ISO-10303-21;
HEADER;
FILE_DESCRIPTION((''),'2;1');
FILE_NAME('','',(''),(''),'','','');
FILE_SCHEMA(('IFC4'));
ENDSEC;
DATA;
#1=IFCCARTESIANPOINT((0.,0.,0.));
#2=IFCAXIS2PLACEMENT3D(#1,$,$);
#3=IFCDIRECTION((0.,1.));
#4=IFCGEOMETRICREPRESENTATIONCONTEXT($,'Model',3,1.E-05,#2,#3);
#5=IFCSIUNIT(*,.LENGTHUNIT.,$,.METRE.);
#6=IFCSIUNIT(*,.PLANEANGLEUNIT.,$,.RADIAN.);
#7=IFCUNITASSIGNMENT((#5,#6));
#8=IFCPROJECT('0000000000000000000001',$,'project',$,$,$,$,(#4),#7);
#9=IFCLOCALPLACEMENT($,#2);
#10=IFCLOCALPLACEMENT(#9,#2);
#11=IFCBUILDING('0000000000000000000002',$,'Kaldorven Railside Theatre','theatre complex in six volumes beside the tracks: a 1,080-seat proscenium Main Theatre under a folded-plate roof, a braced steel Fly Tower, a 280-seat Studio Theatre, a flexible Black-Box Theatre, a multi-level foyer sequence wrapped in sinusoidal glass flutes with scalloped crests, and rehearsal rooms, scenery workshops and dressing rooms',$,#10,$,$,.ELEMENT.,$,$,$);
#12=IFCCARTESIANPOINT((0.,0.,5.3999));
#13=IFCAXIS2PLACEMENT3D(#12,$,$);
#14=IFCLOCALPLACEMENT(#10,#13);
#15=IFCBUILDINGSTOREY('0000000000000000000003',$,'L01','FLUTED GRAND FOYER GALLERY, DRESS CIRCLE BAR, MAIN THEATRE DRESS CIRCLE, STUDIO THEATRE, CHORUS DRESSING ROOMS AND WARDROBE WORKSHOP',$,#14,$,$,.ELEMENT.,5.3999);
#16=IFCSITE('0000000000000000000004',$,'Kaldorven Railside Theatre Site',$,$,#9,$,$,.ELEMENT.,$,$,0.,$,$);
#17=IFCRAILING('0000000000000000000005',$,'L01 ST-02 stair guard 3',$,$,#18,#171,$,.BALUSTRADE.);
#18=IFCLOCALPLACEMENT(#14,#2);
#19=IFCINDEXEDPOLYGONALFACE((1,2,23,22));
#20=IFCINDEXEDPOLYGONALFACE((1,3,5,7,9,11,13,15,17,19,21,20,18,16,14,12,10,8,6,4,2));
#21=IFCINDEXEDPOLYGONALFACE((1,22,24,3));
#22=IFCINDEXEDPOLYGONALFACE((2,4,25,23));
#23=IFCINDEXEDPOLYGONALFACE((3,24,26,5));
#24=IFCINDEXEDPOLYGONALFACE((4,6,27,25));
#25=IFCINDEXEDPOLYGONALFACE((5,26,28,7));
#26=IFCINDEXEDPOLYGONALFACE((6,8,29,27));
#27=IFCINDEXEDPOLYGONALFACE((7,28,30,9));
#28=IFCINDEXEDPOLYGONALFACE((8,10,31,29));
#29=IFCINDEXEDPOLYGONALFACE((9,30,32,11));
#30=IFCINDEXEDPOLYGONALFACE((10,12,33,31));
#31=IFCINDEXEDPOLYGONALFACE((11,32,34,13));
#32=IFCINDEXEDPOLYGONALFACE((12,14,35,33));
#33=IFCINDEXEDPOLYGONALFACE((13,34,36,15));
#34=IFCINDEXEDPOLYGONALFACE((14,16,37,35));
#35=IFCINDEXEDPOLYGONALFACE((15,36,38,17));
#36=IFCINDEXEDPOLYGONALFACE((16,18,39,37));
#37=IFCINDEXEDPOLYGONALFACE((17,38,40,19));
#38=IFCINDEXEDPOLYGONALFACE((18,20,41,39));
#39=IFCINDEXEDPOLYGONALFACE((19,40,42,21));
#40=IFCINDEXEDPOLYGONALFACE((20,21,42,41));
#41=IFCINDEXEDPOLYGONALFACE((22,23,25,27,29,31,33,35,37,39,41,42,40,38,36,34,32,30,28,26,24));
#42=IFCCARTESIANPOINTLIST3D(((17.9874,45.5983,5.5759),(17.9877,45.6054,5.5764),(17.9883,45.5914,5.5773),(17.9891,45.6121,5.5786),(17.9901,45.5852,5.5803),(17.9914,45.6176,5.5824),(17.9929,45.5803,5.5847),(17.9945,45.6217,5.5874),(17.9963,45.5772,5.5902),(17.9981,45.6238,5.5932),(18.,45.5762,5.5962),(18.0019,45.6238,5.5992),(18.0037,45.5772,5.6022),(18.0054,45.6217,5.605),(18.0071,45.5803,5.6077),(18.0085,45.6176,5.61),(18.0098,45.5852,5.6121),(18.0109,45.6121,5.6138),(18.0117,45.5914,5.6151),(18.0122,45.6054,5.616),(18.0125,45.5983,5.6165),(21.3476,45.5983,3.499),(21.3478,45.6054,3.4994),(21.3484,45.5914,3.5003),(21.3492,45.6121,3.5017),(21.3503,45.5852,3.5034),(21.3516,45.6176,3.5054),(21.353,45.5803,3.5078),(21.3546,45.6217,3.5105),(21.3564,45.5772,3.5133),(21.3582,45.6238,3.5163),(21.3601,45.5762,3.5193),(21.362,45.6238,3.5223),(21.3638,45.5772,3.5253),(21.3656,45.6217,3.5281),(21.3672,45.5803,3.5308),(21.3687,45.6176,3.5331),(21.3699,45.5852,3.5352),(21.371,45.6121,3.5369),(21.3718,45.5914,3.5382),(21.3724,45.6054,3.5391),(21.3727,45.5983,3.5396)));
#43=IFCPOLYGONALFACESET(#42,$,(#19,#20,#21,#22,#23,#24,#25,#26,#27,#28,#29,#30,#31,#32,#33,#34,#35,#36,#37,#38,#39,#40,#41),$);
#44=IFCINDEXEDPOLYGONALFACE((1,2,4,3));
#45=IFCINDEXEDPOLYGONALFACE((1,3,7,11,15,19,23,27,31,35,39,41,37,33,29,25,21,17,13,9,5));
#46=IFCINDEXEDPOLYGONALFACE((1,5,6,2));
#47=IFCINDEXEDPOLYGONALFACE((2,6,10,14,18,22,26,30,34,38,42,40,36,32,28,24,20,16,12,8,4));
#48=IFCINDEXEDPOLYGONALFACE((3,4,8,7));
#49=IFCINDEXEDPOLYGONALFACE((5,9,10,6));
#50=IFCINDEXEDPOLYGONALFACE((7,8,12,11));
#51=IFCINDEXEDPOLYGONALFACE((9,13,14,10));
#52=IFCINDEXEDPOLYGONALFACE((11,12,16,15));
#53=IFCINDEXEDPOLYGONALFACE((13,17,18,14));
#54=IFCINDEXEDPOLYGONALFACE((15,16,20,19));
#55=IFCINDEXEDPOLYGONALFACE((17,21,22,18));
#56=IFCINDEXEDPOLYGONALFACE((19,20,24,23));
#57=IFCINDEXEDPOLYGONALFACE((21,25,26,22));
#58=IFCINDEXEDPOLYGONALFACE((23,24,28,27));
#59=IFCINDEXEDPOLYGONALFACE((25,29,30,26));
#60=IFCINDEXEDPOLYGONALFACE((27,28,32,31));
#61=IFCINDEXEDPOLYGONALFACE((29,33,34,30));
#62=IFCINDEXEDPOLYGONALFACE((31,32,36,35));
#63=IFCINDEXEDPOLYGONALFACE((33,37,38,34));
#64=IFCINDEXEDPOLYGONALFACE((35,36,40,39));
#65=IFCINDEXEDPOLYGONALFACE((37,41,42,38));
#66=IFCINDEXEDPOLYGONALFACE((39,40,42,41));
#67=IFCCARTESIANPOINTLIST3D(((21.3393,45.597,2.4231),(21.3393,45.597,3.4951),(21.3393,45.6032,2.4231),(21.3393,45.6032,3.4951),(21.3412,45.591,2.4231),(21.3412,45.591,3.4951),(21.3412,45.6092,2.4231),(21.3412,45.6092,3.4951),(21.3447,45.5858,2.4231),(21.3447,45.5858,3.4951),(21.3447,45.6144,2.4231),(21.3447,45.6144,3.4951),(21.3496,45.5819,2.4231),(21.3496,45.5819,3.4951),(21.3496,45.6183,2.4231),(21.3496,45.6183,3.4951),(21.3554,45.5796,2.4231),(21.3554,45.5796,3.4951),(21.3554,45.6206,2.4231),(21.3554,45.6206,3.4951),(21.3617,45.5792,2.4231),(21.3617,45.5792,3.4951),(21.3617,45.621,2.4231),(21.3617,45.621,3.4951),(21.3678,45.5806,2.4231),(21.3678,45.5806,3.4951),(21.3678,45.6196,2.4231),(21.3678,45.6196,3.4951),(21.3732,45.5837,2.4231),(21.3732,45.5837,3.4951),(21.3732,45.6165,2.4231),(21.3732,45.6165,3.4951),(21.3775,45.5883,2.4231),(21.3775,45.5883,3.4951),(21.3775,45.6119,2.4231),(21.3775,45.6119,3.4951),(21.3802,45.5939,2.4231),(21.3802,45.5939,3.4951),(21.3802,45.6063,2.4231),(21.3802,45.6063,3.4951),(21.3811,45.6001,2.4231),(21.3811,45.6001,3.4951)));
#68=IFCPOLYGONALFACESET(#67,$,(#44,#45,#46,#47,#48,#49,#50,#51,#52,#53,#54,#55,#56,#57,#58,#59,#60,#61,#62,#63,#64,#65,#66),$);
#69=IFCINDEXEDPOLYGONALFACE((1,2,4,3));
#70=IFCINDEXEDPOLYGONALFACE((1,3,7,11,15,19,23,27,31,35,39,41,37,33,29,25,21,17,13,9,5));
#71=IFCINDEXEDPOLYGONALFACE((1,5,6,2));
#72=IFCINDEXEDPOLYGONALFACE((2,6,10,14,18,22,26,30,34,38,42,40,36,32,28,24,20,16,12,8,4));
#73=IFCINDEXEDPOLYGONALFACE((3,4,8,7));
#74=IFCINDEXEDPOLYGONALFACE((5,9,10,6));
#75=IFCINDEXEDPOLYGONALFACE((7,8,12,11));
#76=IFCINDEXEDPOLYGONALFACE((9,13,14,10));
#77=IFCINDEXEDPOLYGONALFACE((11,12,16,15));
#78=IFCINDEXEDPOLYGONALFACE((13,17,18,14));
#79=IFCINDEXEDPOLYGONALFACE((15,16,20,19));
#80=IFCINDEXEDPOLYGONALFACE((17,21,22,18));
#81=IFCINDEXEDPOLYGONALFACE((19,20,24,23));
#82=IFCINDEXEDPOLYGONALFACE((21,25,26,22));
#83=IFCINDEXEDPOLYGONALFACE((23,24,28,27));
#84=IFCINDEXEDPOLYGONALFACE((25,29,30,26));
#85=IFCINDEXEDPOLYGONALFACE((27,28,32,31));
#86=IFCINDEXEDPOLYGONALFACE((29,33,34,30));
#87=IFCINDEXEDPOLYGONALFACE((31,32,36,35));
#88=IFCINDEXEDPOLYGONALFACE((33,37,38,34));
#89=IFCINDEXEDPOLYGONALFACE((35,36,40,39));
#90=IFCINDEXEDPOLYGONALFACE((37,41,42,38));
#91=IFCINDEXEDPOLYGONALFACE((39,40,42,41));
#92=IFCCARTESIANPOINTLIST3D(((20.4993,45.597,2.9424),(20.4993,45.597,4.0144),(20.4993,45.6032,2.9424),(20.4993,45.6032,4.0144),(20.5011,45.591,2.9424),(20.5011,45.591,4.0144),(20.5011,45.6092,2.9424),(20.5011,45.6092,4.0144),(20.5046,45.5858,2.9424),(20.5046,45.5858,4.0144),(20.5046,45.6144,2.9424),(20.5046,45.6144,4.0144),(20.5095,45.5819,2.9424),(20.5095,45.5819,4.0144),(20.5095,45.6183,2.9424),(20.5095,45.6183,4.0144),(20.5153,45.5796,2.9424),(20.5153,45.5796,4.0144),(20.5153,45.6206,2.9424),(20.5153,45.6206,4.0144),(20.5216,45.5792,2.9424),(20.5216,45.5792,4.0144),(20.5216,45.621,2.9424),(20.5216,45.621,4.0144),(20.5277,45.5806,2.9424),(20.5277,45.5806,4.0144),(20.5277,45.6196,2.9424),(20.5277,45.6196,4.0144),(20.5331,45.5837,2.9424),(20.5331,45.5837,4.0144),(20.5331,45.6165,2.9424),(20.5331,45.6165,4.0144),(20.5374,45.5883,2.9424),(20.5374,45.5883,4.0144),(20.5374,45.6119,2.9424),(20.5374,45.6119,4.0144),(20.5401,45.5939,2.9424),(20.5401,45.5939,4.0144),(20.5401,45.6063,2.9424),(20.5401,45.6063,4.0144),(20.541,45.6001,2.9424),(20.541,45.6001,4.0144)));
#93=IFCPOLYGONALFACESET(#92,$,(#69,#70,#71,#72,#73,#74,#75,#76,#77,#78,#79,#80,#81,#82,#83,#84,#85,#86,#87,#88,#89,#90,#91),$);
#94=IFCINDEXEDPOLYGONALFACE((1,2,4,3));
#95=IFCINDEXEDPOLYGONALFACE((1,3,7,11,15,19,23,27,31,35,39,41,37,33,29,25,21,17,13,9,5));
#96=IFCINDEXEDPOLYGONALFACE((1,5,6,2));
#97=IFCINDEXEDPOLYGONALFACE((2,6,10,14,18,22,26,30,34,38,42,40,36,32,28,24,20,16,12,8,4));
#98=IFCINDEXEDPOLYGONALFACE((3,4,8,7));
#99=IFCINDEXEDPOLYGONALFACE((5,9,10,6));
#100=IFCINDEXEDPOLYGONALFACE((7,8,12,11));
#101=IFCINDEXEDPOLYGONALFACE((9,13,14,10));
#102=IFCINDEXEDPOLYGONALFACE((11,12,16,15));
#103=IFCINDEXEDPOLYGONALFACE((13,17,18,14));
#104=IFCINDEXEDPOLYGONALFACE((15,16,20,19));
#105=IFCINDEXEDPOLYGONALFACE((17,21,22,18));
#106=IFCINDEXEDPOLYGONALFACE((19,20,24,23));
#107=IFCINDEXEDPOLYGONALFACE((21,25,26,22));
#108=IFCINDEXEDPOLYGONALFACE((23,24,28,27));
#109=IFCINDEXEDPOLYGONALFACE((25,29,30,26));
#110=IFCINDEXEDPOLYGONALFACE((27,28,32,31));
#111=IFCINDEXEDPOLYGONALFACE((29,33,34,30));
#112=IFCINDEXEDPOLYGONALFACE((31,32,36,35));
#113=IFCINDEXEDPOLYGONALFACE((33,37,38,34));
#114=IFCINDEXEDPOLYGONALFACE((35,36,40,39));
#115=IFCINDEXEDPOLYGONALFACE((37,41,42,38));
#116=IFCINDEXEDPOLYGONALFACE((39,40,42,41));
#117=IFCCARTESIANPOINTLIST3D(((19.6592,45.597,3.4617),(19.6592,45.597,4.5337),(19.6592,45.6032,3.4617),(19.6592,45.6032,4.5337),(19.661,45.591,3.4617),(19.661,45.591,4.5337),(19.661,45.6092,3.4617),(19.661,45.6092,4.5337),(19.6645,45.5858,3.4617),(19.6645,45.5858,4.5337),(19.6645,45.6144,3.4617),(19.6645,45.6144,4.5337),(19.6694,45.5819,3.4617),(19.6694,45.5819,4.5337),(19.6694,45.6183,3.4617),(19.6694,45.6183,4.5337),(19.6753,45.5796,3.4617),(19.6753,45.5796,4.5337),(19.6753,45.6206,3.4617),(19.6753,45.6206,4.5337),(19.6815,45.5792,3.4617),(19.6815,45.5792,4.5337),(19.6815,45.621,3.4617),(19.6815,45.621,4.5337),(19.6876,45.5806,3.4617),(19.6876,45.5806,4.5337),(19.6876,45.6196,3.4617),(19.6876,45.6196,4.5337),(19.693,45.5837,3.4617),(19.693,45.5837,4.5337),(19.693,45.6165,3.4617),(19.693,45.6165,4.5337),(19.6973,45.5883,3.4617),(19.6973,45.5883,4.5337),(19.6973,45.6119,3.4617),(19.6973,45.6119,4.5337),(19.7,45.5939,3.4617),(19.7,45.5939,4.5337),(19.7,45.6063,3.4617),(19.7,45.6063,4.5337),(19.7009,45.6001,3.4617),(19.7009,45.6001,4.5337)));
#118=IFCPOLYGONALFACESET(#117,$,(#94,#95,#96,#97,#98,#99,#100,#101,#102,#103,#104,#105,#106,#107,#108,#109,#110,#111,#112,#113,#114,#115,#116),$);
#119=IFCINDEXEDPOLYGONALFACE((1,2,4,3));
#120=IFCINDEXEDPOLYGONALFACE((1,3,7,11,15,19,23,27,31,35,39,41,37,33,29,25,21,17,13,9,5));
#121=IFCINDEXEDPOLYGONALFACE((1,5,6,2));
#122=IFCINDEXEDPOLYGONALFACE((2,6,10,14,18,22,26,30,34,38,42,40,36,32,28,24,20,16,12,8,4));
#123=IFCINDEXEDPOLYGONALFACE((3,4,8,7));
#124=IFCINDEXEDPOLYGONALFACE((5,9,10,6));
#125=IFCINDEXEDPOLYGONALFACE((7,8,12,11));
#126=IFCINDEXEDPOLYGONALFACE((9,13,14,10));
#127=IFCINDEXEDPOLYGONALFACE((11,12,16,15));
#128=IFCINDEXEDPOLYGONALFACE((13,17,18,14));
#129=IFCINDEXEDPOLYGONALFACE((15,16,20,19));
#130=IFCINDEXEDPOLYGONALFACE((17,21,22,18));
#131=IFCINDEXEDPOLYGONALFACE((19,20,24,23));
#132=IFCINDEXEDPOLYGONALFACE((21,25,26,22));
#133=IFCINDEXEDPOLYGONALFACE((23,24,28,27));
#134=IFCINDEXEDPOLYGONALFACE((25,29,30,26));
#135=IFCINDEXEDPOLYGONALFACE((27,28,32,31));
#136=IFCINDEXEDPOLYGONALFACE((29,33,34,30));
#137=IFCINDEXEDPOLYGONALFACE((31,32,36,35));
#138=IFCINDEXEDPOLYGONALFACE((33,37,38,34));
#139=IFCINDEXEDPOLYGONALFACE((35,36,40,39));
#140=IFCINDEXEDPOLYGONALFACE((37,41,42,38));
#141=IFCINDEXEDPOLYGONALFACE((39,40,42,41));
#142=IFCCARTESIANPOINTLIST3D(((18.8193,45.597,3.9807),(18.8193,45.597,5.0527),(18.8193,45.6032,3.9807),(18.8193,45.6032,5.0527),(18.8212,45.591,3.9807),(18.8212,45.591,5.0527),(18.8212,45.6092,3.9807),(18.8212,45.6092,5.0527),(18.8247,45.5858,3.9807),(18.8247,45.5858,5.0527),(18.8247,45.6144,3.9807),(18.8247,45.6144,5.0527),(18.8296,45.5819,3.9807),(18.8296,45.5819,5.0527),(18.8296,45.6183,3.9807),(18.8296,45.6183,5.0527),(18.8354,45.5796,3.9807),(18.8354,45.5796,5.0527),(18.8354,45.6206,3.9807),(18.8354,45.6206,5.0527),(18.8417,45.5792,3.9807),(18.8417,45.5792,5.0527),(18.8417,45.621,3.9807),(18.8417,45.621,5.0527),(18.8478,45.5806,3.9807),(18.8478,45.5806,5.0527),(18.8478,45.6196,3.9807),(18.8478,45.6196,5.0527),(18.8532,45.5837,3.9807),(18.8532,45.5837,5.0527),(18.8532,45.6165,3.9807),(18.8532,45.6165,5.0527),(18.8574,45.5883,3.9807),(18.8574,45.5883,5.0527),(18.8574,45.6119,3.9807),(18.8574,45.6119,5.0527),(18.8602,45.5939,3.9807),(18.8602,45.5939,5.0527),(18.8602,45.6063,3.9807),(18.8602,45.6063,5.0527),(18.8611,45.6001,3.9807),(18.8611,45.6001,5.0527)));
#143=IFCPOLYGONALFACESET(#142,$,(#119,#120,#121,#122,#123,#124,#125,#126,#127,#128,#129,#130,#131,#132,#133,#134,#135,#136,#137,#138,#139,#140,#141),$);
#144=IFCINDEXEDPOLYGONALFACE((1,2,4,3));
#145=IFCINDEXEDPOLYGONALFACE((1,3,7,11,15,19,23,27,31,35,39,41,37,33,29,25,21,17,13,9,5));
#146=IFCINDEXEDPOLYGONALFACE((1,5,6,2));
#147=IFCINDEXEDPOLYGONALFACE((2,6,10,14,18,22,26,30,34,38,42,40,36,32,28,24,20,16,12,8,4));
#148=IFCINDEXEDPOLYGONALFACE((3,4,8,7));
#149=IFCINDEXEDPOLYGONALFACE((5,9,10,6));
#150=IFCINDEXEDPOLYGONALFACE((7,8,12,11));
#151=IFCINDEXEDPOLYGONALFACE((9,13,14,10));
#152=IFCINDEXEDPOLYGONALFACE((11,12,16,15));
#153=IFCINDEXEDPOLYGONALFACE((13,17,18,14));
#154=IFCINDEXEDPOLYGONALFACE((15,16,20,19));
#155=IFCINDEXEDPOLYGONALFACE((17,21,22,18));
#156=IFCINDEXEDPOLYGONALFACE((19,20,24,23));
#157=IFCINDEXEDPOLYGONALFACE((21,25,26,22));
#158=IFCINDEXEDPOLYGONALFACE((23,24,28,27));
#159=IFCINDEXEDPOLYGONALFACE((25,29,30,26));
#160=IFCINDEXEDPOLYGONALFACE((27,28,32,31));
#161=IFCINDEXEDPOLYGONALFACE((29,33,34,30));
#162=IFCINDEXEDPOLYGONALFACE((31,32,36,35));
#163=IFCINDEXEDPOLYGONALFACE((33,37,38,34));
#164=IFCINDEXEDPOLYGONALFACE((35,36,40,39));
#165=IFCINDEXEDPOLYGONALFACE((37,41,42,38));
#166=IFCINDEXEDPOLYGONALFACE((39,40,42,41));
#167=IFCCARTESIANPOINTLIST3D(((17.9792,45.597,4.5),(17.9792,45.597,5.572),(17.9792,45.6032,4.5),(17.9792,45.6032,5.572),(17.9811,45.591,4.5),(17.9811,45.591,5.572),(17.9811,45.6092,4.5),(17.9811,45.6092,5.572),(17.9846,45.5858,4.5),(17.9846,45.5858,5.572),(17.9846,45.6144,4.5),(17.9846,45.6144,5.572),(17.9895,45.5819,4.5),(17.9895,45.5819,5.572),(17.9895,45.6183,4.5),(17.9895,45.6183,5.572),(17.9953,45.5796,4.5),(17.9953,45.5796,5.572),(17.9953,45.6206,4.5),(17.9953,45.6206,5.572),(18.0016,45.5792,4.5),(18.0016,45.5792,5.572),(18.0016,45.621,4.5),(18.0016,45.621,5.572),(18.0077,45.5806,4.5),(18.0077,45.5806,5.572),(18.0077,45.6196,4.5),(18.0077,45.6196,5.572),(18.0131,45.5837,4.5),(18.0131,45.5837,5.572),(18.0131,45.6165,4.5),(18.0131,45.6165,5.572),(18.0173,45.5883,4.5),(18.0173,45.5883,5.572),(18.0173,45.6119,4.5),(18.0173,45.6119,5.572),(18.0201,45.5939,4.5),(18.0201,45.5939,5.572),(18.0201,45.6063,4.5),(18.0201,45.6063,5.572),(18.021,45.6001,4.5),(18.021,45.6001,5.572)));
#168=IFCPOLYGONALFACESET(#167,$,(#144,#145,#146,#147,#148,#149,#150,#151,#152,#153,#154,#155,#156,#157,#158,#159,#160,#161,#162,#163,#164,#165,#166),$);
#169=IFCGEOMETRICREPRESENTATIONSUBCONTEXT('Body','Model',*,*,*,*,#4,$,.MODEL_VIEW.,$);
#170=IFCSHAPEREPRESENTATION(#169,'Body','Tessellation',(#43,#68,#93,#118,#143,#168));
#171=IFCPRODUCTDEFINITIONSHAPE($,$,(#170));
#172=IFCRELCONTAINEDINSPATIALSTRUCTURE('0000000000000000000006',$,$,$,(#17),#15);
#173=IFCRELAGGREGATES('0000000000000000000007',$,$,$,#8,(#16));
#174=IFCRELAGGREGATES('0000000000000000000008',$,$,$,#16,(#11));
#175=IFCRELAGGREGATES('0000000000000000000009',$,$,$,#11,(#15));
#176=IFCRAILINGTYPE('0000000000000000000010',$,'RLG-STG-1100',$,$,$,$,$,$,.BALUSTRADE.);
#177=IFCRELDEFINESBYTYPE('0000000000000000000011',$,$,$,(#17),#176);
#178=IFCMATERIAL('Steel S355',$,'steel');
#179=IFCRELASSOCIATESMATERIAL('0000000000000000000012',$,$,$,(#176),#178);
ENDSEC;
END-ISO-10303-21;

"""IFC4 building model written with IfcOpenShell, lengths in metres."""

from ifc_helpers import new_model, si_unit, direction, frame, origin, origin_2d, place, context, subcontext, project, spatial, circle, extrude, material, type_object, element, save


model = new_model("IFC4")

# Units and contexts
model_context = context("Model", 3, precision=1e-05, world=origin(), true_north=direction((0.0, 1.0)))
body_context = subcontext(model_context, "Body", "Model", "MODEL_VIEW")
ifc_project = project(units=[si_unit("LENGTHUNIT", "METRE"), si_unit("PLANEANGLEUNIT", "RADIAN")], contexts=[model_context])

# Site, building, storey
site_placement = place(None, origin())
site = spatial("IfcSite", under=ifc_project, at=site_placement, Name="Kaldorven Railside Theatre Site", CompositionType="ELEMENT", RefElevation=0.0)
building_placement = place(site_placement, origin())
building = spatial("IfcBuilding", under=site, at=building_placement, Name="Kaldorven Railside Theatre", Description="theatre complex in six volumes beside the tracks: a 1,080-seat proscenium Main Theatre under a folded-plate roof, a braced steel Fly Tower, a 280-seat Studio Theatre, a flexible Black-Box Theatre, a multi-level foyer sequence wrapped in sinusoidal glass flutes with scalloped crests, and rehearsal rooms, scenery workshops and dressing rooms", CompositionType="ELEMENT")
storey_placement = place(building_placement, frame((0.0, 0.0, 5.3999)))
storey = spatial("IfcBuildingStorey", under=building, at=storey_placement, Name="L01", Description="FLUTED GRAND FOYER GALLERY, DRESS CIRCLE BAR, MAIN THEATRE DRESS CIRCLE, STUDIO THEATRE, CHORUS DRESSING ROOMS AND WARDROBE WORKSHOP", CompositionType="ELEMENT", Elevation=5.3999)

# Shared definitions
ifc_material_1 = material(Name="Steel S355", Category="steel")

# Railing
railing_type_1 = type_object("IfcRailingType", Name="RLG-STG-1100", PredefinedType="BALUSTRADE", material=ifc_material_1)
railing_1_placement = place(storey_placement, frame((21.3601, 45.6001, 2.4231)))
element("IfcRailing", 1, at=railing_1_placement, inside=storey, type_object=railing_type_1, Name="L01 ST-02 stair guard 3", PredefinedType="BALUSTRADE", context=body_context, shape_type="SweptSolid", body=[
    extrude(circle(Radius=0.0239, at=origin_2d()), frame((0.0, 0.0, 1.0962), z_axis=(-0.850623, 0.0, 0.525776), x_axis=(0.0, -1.0, 0.0)), (0.0, 0.0, 1.0), 3.9502),
    extrude(circle(Radius=0.021, at=origin_2d()), origin(), (0.0, 0.0, 1.0), 1.072),
    extrude(circle(Radius=0.021, at=origin_2d()), frame((-0.8401, 0.0, 0.5193)), (0.0, 0.0, 1.0), 1.072),
    extrude(circle(Radius=0.021, at=origin_2d()), frame((-1.6802, 0.0, 1.0386)), (0.0, 0.0, 1.0), 1.072),
    extrude(circle(Radius=0.021, at=origin_2d()), frame((-2.52, 0.0, 1.5576)), (0.0, 0.0, 1.0), 1.072),
    extrude(circle(Radius=0.021, at=origin_2d()), frame((-3.3601, 0.0, 2.0769)), (0.0, 0.0, 1.0), 1.072),
])

save(model, "model.ifc")
